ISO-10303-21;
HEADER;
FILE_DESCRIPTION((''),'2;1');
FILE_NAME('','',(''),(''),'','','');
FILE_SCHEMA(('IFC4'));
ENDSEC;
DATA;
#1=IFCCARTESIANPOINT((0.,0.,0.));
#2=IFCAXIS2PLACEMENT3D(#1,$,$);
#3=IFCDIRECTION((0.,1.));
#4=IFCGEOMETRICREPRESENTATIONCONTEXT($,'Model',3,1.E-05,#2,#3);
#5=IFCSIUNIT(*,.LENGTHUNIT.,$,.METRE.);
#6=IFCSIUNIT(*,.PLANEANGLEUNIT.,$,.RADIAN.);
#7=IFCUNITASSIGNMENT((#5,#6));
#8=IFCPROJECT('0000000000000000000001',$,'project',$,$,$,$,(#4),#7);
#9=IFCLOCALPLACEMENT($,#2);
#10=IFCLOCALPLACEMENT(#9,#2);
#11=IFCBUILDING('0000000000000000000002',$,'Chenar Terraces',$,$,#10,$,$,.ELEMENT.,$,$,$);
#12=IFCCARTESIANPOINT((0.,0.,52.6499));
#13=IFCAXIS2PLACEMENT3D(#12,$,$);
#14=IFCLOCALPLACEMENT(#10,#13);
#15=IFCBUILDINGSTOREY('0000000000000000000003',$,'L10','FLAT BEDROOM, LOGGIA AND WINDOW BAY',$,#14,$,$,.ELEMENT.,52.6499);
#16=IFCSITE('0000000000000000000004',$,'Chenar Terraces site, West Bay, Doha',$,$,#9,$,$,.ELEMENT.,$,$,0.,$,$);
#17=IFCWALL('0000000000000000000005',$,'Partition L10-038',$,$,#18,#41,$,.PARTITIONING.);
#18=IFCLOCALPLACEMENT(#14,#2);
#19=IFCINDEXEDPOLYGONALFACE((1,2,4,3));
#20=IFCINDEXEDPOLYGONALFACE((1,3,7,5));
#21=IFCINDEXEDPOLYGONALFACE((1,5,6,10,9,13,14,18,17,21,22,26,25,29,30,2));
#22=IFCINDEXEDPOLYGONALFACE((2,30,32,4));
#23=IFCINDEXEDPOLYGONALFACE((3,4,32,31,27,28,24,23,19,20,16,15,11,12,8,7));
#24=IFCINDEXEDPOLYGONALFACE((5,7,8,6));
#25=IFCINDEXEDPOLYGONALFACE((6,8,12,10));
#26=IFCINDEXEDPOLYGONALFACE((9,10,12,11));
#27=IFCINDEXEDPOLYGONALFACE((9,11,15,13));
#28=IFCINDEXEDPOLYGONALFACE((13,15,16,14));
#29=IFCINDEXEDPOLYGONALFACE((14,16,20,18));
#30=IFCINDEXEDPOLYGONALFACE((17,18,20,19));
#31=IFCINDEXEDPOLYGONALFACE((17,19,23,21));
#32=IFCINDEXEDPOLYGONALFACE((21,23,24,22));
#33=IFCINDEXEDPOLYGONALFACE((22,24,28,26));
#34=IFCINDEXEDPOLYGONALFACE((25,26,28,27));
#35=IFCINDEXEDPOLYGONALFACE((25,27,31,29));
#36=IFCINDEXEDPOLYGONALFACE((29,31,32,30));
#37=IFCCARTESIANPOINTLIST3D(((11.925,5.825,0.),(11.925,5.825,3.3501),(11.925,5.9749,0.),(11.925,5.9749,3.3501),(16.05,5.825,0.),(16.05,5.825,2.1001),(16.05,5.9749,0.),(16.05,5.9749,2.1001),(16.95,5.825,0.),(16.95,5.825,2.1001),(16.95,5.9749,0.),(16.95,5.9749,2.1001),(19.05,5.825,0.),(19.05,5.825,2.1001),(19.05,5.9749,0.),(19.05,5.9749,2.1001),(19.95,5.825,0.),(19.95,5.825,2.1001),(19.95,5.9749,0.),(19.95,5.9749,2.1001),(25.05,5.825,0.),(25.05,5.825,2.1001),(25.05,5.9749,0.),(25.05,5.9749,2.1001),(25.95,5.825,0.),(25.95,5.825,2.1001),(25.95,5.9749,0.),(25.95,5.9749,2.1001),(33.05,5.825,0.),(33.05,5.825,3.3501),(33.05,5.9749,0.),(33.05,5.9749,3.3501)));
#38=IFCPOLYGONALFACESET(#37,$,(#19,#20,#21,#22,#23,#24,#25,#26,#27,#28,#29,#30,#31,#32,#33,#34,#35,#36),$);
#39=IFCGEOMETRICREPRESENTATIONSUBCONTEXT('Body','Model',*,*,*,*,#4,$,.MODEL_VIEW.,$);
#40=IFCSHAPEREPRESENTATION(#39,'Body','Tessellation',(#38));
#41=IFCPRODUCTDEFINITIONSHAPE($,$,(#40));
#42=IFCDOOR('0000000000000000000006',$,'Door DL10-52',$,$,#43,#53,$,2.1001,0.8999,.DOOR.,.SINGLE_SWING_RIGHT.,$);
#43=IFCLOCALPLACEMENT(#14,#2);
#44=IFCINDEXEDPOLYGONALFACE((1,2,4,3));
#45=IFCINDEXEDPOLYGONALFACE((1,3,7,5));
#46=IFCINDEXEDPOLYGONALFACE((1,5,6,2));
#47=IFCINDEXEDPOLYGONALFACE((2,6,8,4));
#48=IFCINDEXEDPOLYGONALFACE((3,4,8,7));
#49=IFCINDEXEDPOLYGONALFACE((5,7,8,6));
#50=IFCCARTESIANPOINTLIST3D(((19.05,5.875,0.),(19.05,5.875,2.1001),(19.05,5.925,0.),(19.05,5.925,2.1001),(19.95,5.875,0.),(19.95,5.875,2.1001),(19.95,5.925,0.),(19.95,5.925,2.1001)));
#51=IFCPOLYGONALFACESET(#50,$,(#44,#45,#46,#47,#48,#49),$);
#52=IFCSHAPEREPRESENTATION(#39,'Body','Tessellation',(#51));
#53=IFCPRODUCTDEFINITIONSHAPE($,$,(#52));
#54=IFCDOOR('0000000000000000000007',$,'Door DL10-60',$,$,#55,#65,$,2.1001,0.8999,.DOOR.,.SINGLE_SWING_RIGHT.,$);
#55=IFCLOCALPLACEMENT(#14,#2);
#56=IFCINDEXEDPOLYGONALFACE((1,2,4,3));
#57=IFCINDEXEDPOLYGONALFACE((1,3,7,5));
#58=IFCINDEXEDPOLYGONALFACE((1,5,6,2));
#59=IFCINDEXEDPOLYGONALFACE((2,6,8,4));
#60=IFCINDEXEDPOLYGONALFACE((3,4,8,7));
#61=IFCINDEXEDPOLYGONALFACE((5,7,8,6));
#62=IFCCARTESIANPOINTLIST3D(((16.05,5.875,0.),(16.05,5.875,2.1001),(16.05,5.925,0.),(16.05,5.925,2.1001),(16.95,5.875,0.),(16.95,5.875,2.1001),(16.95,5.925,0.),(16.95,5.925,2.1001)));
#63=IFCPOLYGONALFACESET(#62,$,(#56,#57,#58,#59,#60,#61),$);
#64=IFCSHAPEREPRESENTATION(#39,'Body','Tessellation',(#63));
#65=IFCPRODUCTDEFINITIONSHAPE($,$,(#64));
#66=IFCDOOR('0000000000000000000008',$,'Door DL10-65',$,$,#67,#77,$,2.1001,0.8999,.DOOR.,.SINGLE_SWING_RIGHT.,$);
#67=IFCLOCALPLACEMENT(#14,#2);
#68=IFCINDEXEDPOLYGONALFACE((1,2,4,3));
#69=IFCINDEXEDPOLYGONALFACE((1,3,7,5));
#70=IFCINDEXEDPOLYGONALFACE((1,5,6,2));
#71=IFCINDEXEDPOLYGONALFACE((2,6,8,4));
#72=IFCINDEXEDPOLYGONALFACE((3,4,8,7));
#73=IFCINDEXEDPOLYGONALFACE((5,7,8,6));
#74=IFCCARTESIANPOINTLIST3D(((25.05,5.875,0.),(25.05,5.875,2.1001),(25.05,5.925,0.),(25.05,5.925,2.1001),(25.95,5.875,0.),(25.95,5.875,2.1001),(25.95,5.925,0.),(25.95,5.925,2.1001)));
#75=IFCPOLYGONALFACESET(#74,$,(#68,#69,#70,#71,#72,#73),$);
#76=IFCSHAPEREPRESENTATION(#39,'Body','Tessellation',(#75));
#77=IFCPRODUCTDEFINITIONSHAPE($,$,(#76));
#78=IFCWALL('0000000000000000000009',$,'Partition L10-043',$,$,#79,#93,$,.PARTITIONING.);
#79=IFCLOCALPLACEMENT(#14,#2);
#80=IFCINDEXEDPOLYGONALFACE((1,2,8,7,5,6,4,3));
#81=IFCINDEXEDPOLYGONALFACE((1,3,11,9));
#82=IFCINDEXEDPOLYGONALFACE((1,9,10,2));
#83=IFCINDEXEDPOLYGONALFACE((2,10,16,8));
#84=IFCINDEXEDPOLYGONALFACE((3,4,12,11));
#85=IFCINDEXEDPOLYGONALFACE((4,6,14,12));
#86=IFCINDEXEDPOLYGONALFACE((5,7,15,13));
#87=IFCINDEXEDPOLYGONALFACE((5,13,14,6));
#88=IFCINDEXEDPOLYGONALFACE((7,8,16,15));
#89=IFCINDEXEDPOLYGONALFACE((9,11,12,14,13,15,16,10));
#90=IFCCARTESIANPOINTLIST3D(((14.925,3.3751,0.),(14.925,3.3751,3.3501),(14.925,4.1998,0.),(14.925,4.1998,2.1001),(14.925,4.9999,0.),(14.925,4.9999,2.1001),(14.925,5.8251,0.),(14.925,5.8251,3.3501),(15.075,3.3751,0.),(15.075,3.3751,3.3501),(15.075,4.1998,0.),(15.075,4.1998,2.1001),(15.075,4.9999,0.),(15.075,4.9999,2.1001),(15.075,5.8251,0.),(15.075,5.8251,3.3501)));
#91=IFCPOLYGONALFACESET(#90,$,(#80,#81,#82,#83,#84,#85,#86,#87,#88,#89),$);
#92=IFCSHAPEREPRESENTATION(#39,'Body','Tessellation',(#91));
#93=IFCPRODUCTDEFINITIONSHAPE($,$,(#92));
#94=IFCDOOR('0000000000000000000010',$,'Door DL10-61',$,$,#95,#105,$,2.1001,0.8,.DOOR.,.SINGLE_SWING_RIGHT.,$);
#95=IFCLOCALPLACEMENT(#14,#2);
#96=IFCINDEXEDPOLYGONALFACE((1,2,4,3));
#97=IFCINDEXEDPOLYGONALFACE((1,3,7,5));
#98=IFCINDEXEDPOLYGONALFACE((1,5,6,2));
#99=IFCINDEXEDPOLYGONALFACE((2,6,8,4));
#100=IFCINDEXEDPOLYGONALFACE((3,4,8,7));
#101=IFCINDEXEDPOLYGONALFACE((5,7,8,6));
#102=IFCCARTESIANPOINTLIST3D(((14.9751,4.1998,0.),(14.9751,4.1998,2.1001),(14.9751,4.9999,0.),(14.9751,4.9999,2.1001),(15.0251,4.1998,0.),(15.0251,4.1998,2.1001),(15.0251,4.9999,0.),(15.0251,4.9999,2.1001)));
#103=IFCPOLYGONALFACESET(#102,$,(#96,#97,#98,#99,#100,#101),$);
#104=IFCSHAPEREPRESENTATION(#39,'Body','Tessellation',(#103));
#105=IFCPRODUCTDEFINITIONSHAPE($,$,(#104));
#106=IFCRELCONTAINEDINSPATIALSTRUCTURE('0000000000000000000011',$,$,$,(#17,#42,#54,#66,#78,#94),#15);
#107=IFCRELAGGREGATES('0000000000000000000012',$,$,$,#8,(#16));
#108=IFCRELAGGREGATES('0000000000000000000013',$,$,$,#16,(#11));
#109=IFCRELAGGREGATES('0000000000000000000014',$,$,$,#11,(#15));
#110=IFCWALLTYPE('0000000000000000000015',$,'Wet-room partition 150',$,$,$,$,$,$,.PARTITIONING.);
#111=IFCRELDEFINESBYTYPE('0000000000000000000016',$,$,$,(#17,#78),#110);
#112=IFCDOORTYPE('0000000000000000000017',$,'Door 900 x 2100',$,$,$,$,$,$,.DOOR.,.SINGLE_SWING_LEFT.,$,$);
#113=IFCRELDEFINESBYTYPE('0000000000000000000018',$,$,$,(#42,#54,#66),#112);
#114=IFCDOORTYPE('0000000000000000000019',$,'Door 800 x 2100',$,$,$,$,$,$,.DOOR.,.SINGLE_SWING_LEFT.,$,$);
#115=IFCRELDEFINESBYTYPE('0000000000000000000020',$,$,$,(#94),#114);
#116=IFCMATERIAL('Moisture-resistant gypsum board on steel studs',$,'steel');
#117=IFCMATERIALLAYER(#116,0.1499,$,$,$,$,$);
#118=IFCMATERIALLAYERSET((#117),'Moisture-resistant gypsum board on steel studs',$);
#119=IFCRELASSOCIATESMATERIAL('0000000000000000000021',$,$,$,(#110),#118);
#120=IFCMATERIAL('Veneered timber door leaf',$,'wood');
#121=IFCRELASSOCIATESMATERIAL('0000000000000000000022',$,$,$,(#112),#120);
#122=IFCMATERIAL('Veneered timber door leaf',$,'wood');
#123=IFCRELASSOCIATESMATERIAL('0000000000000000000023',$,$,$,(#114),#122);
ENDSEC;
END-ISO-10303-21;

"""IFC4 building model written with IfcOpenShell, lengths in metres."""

from ifc_helpers import new_model, si_unit, direction, frame, frame_2d, origin, place, context, subcontext, project, spatial, rectangle, extrude, material, layer, layer_set, type_object, element, fill, save


model = new_model("IFC4")

# Units and contexts
model_context = context("Model", 3, precision=1e-05, world=origin(), true_north=direction((0.0, 1.0)))
body_context = subcontext(model_context, "Body", "Model", "MODEL_VIEW")
ifc_project = project(units=[si_unit("LENGTHUNIT", "METRE"), si_unit("PLANEANGLEUNIT", "RADIAN")], contexts=[model_context])

# Site, building, storey
site_placement = place(None, origin())
site = spatial("IfcSite", under=ifc_project, at=site_placement, Name="Chenar Terraces site, West Bay, Doha", CompositionType="ELEMENT", RefElevation=0.0)
building_placement = place(site_placement, origin())
building = spatial("IfcBuilding", under=site, at=building_placement, Name="Chenar Terraces", CompositionType="ELEMENT")
storey_placement = place(building_placement, frame((0.0, 0.0, 52.6499)))
storey = spatial("IfcBuildingStorey", under=building, at=storey_placement, Name="L10", Description="FLAT BEDROOM, LOGGIA AND WINDOW BAY", CompositionType="ELEMENT", Elevation=52.6499)

# Wall, openings, doors
ifc_material_1 = material(Name="Moisture-resistant gypsum board on steel studs", Category="steel")
ifc_layer_1 = layer(ifc_material_1, 0.1499)
ifc_layer_set_1 = layer_set([ifc_layer_1], Name="Moisture-resistant gypsum board on steel studs")
wall_type_1 = type_object("IfcWallType", Name="Wet-room partition 150", PredefinedType="PARTITIONING", material=ifc_layer_set_1)
wall_1_placement = place(storey_placement, frame((11.925, 5.8999, 0.0), z_axis=(0.0, 0.0, 1.0), x_axis=(1.0, 0.0, 0.0)))
wall_1 = element("IfcWall", 1, at=wall_1_placement, inside=storey, type_object=wall_type_1, Name="Partition L10-038", PredefinedType="PARTITIONING", context=body_context, shape_type="SweptSolid", body=[
    extrude(rectangle(XDim=21.125, YDim=0.1499, at=frame_2d((10.5625, 0.0))), origin(), (0.0, 0.0, 1.0), 3.3501),
])
opening_1_placement = place(wall_1_placement, frame((7.125, 0.0, 0.0)))
opening_1 = element("IfcOpeningElement", 2, at=opening_1_placement, cuts=wall_1, PredefinedType="OPENING", context=body_context, shape_type="SweptSolid", body=[
    extrude(rectangle(XDim=0.8999, YDim=2.1001, at=frame_2d((0.45, 1.05))), frame((0.0, 0.085, 0.0), z_axis=(0.0, -1.0, 0.0), x_axis=(1.0, 0.0, 0.0)), (0.0, 0.0, 1.0), 0.1699),
])
opening_2_placement = place(wall_1_placement, frame((4.125, 0.0, 0.0)))
opening_2 = element("IfcOpeningElement", 3, at=opening_2_placement, cuts=wall_1, PredefinedType="OPENING", context=body_context, shape_type="SweptSolid", body=[
    extrude(rectangle(XDim=0.8999, YDim=2.1001, at=frame_2d((0.45, 1.05))), frame((0.0, 0.085, 0.0), z_axis=(0.0, -1.0, 0.0), x_axis=(1.0, 0.0, 0.0)), (0.0, 0.0, 1.0), 0.1699),
])
opening_3_placement = place(wall_1_placement, frame((13.125, 0.0, 0.0)))
opening_3 = element("IfcOpeningElement", 4, at=opening_3_placement, cuts=wall_1, PredefinedType="OPENING", context=body_context, shape_type="SweptSolid", body=[
    extrude(rectangle(XDim=0.8999, YDim=2.1001, at=frame_2d((0.45, 1.05))), frame((0.0, 0.085, 0.0), z_axis=(0.0, -1.0, 0.0), x_axis=(1.0, 0.0, 0.0)), (0.0, 0.0, 1.0), 0.1699),
])
ifc_material_2 = material(Name="Veneered timber door leaf", Category="wood")
door_type_1 = type_object("IfcDoorType", Name="Door 900 x 2100", OperationType="SINGLE_SWING_LEFT", PredefinedType="DOOR", material=ifc_material_2)
door_1_placement = place(opening_1_placement, frame((0.8999, 0.0, 0.0), z_axis=(0.0, 0.0, 1.0), x_axis=(-1.0, 0.0, 0.0)))
door_1 = element("IfcDoor", 5, at=door_1_placement, inside=storey, type_object=door_type_1, Name="Door DL10-52", OperationType="SINGLE_SWING_RIGHT", OverallHeight=2.1001, OverallWidth=0.8999, PredefinedType="DOOR", context=body_context, shape_type="SweptSolid", body=[
    extrude(rectangle(XDim=0.8999, YDim=2.1001, at=frame_2d((0.45, 1.05))), frame((0.0, 0.0249, 0.0), z_axis=(0.0, -1.0, 0.0), x_axis=(1.0, 0.0, 0.0)), (0.0, 0.0, 1.0), 0.05),
])
fill(opening_1, door_1)
door_2_placement = place(opening_2_placement, frame((0.8999, 0.0, 0.0), z_axis=(0.0, 0.0, 1.0), x_axis=(-1.0, 0.0, 0.0)))
door_2 = element("IfcDoor", 6, at=door_2_placement, inside=storey, type_object=door_type_1, Name="Door DL10-60", OperationType="SINGLE_SWING_RIGHT", OverallHeight=2.1001, OverallWidth=0.8999, PredefinedType="DOOR", context=body_context, shape_type="SweptSolid", body=[
    extrude(rectangle(XDim=0.8999, YDim=2.1001, at=frame_2d((0.45, 1.05))), frame((0.0, 0.0249, 0.0), z_axis=(0.0, -1.0, 0.0), x_axis=(1.0, 0.0, 0.0)), (0.0, 0.0, 1.0), 0.05),
])
fill(opening_2, door_2)
door_3_placement = place(opening_3_placement, frame((0.8999, 0.0, 0.0), z_axis=(0.0, 0.0, 1.0), x_axis=(-1.0, 0.0, 0.0)))
door_3 = element("IfcDoor", 7, at=door_3_placement, inside=storey, type_object=door_type_1, Name="Door DL10-65", OperationType="SINGLE_SWING_RIGHT", OverallHeight=2.1001, OverallWidth=0.8999, PredefinedType="DOOR", context=body_context, shape_type="SweptSolid", body=[
    extrude(rectangle(XDim=0.8999, YDim=2.1001, at=frame_2d((0.45, 1.05))), frame((0.0, 0.0249, 0.0), z_axis=(0.0, -1.0, 0.0), x_axis=(1.0, 0.0, 0.0)), (0.0, 0.0, 1.0), 0.05),
])
fill(opening_3, door_3)

# Wall, opening, door
wall_2_placement = place(storey_placement, frame((15.0, 3.375, 0.0), z_axis=(0.0, 0.0, 1.0), x_axis=(0.0, 1.0, 0.0)))
wall_2 = element("IfcWall", 8, at=wall_2_placement, inside=storey, type_object=wall_type_1, Name="Partition L10-043", PredefinedType="PARTITIONING", context=body_context, shape_type="SweptSolid", body=[
    extrude(rectangle(XDim=2.45, YDim=0.1499, at=frame_2d((1.2251, 0.0))), origin(), (0.0, 0.0, 1.0), 3.3501),
])
opening_4_placement = place(wall_2_placement, frame((0.825, 0.0, 0.0)))
opening_4 = element("IfcOpeningElement", 9, at=opening_4_placement, cuts=wall_2, PredefinedType="OPENING", context=body_context, shape_type="SweptSolid", body=[
    extrude(rectangle(XDim=0.8, YDim=2.1001, at=frame_2d((0.3999, 1.05))), frame((0.0, 0.085, 0.0), z_axis=(0.0, -1.0, 0.0), x_axis=(1.0, 0.0, 0.0)), (0.0, 0.0, 1.0), 0.1699),
])
ifc_material_3 = material(Name="Veneered timber door leaf", Category="wood")
door_type_2 = type_object("IfcDoorType", Name="Door 800 x 2100", OperationType="SINGLE_SWING_LEFT", PredefinedType="DOOR", material=ifc_material_3)
door_4_placement = place(opening_4_placement, origin())
door_4 = element("IfcDoor", 10, at=door_4_placement, inside=storey, type_object=door_type_2, Name="Door DL10-61", OperationType="SINGLE_SWING_RIGHT", OverallHeight=2.1001, OverallWidth=0.8, PredefinedType="DOOR", context=body_context, shape_type="SweptSolid", body=[
    extrude(rectangle(XDim=0.8, YDim=2.1001, at=frame_2d((0.3999, 1.05))), frame((0.0, 0.0249, 0.0), z_axis=(0.0, -1.0, 0.0), x_axis=(1.0, 0.0, 0.0)), (0.0, 0.0, 1.0), 0.05),
])
fill(opening_4, door_4)

save(model, "model.ifc")
